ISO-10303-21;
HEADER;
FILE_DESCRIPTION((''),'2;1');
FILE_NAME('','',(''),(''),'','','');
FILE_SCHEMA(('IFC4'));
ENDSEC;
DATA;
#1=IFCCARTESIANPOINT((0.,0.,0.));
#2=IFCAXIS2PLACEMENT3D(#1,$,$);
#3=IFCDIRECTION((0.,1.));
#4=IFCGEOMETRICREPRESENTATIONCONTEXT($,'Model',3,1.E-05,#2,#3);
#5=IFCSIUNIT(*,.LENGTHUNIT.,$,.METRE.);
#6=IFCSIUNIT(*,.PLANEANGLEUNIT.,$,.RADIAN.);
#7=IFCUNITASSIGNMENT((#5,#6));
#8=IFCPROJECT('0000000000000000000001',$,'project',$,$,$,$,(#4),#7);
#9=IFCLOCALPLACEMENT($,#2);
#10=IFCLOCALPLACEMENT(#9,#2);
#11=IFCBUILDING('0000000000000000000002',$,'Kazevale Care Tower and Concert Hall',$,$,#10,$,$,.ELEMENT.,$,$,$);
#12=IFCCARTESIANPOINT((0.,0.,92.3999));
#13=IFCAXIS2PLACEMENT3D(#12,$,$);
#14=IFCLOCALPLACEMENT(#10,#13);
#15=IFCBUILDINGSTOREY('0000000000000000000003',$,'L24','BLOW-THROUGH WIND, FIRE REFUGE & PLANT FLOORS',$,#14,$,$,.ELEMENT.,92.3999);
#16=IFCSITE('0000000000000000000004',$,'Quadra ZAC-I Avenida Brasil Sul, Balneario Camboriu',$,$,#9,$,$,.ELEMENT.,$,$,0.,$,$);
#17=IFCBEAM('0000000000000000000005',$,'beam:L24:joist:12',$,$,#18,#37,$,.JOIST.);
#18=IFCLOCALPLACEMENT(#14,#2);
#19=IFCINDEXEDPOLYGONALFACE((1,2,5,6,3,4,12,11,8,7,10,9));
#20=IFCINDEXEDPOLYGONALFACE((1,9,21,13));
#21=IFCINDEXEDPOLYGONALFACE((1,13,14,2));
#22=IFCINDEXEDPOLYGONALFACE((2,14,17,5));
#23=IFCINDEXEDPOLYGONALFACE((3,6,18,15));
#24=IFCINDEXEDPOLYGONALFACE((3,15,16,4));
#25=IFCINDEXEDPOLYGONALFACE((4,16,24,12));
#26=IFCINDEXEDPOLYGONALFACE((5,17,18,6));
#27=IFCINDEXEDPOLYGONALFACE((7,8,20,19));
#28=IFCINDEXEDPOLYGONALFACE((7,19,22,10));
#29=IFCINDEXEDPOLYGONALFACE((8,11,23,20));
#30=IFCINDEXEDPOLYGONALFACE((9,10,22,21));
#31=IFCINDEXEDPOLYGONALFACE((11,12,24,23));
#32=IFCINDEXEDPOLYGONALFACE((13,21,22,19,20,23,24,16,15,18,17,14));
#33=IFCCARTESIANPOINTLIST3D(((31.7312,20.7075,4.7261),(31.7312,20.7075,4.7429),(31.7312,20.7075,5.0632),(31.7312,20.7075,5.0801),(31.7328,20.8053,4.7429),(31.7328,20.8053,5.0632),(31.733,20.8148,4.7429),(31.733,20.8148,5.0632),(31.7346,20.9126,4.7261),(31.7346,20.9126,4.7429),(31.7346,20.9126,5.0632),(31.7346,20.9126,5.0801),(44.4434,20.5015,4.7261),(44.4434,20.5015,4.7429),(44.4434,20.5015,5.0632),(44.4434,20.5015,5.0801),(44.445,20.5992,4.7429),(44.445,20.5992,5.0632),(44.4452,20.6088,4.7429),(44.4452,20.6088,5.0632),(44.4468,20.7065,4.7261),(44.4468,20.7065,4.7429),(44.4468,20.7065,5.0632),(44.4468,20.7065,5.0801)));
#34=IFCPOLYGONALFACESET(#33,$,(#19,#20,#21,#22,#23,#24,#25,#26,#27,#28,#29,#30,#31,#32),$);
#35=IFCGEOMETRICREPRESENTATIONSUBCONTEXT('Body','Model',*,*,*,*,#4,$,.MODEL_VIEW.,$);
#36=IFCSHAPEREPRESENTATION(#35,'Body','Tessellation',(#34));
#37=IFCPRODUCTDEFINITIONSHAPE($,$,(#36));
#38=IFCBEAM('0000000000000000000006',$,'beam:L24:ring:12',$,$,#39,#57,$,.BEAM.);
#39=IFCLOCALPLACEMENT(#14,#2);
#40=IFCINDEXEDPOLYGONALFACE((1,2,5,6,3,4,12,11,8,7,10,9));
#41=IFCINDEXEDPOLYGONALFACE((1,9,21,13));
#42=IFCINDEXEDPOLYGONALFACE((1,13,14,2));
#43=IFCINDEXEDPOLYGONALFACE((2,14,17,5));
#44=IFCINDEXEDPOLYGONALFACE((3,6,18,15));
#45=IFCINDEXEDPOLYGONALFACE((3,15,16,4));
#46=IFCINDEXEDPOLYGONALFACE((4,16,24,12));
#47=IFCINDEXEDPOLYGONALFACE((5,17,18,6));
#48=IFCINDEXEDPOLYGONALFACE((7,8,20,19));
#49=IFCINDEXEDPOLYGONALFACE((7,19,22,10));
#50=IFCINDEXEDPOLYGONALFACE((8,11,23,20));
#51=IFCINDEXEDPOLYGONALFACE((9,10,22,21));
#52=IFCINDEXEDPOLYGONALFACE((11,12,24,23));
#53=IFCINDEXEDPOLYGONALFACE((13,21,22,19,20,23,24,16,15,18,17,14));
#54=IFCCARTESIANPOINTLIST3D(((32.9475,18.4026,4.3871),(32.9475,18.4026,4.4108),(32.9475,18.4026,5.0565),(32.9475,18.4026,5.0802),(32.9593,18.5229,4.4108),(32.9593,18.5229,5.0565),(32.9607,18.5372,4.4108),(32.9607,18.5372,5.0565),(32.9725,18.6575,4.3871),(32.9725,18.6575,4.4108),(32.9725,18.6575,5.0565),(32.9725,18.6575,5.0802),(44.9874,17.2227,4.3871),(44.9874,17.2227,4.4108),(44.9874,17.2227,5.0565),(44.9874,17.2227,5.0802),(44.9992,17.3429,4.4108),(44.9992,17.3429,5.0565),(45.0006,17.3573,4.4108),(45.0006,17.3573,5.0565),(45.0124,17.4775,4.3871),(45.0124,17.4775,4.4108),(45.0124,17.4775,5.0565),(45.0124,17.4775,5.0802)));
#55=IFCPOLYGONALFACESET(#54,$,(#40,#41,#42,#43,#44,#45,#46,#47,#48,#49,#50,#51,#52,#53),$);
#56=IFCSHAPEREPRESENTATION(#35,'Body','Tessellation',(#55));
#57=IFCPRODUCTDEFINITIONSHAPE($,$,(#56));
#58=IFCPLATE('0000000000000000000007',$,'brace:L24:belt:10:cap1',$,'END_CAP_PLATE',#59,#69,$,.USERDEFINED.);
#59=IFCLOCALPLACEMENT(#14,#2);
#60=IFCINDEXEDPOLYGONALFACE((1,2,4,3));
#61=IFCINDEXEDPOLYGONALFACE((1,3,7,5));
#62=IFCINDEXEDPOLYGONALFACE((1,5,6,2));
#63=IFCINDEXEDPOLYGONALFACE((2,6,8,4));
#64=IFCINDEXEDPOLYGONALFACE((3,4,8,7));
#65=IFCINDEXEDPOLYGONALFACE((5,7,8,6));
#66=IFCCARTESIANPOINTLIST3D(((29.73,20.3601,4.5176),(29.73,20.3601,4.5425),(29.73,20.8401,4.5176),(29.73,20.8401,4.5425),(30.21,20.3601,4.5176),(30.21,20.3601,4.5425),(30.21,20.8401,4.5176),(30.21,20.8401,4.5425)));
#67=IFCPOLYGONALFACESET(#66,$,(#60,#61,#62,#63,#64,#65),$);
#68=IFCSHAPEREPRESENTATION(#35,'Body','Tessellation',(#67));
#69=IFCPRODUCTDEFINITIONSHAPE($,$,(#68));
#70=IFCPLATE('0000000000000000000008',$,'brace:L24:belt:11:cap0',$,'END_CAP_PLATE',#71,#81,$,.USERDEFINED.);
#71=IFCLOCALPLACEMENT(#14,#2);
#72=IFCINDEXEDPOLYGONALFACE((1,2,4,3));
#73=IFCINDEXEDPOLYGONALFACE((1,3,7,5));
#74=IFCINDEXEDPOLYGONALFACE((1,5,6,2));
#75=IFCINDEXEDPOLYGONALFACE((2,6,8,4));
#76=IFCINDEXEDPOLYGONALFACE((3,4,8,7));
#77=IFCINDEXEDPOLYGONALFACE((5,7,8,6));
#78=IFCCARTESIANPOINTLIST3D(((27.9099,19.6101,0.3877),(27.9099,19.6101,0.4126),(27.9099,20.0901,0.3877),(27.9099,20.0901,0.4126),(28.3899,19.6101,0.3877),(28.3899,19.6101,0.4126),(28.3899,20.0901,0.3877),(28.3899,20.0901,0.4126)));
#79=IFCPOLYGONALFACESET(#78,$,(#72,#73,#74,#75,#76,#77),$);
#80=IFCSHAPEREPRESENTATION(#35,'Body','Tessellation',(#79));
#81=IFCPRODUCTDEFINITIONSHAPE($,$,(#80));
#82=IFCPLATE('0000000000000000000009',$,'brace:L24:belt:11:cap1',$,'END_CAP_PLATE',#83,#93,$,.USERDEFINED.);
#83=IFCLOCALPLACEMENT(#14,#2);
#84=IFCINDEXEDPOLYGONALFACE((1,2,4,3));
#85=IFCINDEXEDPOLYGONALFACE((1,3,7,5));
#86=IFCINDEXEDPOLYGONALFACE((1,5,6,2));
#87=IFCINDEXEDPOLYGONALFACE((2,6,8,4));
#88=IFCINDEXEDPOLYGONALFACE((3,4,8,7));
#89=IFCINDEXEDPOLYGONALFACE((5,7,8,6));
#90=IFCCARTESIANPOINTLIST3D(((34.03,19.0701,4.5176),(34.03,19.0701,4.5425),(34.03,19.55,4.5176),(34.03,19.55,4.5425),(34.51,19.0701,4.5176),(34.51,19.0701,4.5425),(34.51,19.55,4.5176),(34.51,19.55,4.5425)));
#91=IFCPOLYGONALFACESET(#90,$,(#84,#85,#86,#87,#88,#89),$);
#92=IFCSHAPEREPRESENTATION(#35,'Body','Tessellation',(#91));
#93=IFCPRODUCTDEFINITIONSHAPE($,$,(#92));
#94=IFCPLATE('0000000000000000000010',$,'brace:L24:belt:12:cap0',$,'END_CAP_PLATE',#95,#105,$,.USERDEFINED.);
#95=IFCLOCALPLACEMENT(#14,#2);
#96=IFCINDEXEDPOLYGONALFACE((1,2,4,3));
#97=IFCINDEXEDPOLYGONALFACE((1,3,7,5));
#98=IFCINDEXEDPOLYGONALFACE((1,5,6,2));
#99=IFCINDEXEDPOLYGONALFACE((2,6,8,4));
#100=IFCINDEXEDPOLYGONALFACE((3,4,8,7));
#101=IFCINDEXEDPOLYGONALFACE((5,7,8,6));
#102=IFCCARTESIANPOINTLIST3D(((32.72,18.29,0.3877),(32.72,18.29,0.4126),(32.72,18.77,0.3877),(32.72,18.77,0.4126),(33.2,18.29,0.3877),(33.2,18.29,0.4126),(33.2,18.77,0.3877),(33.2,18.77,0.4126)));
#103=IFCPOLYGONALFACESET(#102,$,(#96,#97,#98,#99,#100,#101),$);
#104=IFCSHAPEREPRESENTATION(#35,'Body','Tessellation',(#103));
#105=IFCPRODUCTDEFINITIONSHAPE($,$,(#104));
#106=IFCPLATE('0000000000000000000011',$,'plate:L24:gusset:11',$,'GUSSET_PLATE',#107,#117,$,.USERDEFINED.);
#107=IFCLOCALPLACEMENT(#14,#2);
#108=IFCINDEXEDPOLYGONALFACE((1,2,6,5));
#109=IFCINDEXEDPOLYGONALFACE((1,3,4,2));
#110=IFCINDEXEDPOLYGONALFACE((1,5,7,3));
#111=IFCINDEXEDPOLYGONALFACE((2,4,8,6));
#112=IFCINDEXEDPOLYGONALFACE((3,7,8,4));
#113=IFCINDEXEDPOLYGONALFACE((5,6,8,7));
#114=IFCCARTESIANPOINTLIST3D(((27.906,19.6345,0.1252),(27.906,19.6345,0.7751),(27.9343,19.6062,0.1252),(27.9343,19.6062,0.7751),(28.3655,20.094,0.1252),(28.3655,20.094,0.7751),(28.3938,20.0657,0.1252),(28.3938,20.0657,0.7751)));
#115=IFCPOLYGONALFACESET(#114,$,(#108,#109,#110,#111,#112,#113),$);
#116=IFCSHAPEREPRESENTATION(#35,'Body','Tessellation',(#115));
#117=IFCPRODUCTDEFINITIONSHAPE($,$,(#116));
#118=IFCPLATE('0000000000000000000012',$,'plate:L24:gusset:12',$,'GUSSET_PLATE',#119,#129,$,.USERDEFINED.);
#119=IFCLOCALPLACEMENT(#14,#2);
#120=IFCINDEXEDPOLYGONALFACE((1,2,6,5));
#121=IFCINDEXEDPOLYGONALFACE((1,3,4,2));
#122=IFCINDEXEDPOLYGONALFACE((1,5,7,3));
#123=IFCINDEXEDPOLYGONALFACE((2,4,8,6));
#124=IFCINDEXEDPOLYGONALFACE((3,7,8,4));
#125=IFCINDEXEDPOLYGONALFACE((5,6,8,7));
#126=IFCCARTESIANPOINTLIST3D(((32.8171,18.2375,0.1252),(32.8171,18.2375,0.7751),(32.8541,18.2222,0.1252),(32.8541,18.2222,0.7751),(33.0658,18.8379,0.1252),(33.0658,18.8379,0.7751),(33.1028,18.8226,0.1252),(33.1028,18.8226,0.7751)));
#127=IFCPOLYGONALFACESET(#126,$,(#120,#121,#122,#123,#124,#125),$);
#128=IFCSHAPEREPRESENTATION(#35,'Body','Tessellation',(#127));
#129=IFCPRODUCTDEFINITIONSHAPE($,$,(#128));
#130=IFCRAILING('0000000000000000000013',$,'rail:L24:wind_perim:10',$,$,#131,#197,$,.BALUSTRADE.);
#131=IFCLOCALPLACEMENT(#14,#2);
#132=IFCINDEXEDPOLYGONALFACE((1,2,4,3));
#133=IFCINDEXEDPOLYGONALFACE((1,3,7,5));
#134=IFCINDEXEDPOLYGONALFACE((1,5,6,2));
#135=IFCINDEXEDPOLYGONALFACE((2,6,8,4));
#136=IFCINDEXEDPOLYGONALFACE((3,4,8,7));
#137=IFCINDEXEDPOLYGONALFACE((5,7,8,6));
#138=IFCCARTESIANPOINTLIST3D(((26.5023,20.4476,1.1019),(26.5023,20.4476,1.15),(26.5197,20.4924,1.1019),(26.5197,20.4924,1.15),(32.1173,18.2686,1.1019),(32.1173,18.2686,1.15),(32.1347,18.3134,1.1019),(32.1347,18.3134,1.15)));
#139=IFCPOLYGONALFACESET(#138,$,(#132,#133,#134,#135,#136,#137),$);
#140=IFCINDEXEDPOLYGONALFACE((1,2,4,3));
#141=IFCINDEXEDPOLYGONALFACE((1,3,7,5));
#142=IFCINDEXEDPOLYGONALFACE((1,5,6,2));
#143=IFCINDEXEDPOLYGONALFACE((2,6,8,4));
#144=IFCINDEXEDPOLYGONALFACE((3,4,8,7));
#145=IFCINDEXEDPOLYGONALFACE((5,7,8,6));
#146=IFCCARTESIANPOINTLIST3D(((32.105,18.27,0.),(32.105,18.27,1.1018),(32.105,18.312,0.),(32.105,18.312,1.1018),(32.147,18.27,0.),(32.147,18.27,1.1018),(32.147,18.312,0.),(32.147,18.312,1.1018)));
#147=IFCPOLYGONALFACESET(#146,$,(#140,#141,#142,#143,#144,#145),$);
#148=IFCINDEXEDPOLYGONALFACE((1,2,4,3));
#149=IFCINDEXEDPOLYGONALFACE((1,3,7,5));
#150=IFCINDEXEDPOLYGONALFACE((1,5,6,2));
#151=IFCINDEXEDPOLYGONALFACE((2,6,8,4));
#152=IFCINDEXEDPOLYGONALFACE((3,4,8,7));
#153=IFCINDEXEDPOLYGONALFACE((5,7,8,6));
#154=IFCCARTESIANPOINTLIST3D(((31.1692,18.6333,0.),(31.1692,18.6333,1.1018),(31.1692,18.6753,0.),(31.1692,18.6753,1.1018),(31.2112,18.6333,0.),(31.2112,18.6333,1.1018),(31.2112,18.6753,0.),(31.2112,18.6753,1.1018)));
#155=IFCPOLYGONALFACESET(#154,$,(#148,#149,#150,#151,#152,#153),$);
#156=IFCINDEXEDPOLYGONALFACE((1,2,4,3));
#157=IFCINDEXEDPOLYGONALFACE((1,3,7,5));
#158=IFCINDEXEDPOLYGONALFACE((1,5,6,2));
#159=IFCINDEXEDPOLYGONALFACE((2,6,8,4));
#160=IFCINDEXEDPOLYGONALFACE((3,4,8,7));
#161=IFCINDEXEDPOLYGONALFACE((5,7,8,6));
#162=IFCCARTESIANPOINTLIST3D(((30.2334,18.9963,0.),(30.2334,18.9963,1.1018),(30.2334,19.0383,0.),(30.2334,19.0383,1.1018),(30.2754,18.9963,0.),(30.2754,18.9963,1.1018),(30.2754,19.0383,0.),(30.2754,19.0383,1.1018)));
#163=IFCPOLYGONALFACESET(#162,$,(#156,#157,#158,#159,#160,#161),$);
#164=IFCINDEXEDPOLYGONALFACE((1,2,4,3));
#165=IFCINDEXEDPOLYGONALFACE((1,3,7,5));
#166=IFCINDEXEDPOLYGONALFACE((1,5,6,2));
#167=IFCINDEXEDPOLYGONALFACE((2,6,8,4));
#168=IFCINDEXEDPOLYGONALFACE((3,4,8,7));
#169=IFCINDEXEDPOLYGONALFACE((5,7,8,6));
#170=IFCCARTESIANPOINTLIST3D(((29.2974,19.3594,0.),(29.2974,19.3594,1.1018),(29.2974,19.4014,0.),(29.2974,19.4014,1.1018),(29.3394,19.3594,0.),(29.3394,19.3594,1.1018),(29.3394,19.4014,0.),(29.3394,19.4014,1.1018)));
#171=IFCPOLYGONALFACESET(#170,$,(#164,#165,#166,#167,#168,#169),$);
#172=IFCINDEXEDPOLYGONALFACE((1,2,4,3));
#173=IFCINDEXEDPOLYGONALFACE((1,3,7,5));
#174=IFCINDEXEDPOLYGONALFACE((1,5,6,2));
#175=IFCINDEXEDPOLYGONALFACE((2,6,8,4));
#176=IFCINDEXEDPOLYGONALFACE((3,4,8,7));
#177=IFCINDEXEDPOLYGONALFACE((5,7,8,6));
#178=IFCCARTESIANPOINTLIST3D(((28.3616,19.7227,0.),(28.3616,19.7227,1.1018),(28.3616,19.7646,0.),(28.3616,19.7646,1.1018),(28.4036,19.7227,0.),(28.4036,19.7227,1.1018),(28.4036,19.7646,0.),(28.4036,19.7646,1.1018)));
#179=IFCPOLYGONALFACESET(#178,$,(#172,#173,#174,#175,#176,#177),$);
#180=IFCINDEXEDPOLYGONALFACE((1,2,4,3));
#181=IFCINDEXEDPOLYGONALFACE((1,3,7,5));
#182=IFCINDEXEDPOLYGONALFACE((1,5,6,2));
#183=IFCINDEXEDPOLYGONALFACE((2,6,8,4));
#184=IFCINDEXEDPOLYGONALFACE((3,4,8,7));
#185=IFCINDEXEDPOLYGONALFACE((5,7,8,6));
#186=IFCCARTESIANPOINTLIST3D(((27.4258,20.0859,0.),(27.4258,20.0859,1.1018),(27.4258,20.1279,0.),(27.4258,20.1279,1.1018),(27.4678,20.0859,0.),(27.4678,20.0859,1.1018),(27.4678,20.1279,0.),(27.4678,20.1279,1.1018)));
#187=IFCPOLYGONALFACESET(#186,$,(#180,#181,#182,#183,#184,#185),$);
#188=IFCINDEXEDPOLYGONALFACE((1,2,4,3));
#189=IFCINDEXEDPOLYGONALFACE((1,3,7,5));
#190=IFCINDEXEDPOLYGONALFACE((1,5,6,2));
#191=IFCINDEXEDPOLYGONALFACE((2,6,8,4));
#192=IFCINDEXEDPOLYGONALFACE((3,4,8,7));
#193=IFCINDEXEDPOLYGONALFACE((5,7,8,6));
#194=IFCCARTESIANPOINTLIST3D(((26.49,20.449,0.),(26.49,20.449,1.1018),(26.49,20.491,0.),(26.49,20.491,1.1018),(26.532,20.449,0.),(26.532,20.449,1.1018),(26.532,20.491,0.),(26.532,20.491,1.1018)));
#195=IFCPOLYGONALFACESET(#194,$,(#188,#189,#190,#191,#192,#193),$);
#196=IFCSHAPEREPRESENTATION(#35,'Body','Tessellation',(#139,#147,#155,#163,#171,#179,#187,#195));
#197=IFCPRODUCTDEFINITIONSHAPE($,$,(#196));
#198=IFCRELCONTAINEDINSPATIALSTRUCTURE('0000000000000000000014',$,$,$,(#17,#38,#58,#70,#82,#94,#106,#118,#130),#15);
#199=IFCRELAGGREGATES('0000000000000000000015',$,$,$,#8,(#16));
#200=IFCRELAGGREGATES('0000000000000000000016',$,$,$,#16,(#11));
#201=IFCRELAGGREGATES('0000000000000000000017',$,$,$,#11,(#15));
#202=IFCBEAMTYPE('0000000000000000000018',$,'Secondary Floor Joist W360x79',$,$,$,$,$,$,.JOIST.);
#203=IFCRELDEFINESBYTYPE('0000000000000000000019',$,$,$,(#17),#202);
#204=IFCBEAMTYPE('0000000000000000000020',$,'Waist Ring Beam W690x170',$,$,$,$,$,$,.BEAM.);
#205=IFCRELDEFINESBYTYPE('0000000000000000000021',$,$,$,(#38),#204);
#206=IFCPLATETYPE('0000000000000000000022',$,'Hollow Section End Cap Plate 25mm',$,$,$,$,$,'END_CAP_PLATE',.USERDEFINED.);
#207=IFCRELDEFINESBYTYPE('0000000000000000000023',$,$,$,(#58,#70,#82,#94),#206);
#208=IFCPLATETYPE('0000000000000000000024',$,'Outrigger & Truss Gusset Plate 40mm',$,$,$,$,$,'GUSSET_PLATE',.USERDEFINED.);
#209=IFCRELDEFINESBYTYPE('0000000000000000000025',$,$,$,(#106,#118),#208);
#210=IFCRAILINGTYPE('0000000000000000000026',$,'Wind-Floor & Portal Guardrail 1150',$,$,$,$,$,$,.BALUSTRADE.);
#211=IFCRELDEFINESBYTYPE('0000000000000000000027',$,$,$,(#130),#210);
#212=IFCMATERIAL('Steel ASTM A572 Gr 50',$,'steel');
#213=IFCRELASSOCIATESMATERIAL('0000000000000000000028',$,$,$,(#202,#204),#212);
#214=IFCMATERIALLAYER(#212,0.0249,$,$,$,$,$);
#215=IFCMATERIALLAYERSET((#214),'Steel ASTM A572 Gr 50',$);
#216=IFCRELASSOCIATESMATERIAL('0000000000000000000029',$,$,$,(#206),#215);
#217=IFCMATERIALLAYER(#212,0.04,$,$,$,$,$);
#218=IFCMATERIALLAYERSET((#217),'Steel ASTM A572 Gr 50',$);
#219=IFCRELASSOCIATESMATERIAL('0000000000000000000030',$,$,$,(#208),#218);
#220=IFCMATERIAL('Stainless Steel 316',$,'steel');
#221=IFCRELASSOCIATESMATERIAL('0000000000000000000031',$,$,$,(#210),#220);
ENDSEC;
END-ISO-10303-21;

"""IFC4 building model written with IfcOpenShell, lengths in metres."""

from ifc_helpers import new_model, si_unit, direction, frame, origin, origin_2d, place, context, subcontext, project, spatial, rectangle, i_section, extrude, material, layer, layer_set, material_profile, profile_set, type_object, element, save


model = new_model("IFC4")

# Units and contexts
model_context = context("Model", 3, precision=1e-05, world=origin(), true_north=direction((0.0, 1.0)))
body_context = subcontext(model_context, "Body", "Model", "MODEL_VIEW")
ifc_project = project(units=[si_unit("LENGTHUNIT", "METRE"), si_unit("PLANEANGLEUNIT", "RADIAN")], contexts=[model_context])

# Site, building, storey
site_placement = place(None, origin())
site = spatial("IfcSite", under=ifc_project, at=site_placement, Name="Quadra ZAC-I Avenida Brasil Sul, Balneario Camboriu", CompositionType="ELEMENT", RefElevation=0.0)
building_placement = place(site_placement, origin())
building = spatial("IfcBuilding", under=site, at=building_placement, Name="Kazevale Care Tower and Concert Hall", CompositionType="ELEMENT")
storey_placement = place(building_placement, frame((0.0, 0.0, 92.3999)))
storey = spatial("IfcBuildingStorey", under=building, at=storey_placement, Name="L24", Description="BLOW-THROUGH WIND, FIRE REFUGE & PLANT FLOORS", CompositionType="ELEMENT", Elevation=92.3999)

# Shared definitions
ifc_material_1 = material(Name="Steel ASTM A572 Gr 50", Category="steel")

# Beams
ifc_material_profile_1 = material_profile(ifc_material_1, i_section(OverallWidth=0.2051, OverallDepth=0.354, WebThickness=0.0095, FlangeThickness=0.0168, at=origin_2d()), Name="W360x79")
ifc_profile_set_1 = profile_set([ifc_material_profile_1], Name="Steel ASTM A572 Gr 50")
beam_type_1 = type_object("IfcBeamType", Name="Secondary Floor Joist W360x79", PredefinedType="JOIST", material=ifc_profile_set_1)
beam_1_placement = place(storey_placement, frame((31.7329, 20.8101, 4.9031), z_axis=(0.999869, -0.016207, 0.0), x_axis=(0.016207, 0.999869, 0.0)))
element("IfcBeam", 1, at=beam_1_placement, inside=storey, type_object=beam_type_1, Name="beam:L24:joist:12", PredefinedType="JOIST", context=body_context, shape_type="SweptSolid", body=[
    extrude(i_section(OverallWidth=0.2051, OverallDepth=0.354, WebThickness=0.0095, FlangeThickness=0.0168, at=origin_2d()), origin(), (0.0, 0.0, 1.0), 12.7139),
])
ifc_material_profile_2 = material_profile(ifc_material_1, i_section(OverallWidth=0.2561, OverallDepth=0.6931, WebThickness=0.0144, FlangeThickness=0.0237, at=origin_2d()), Name="W690x170")
ifc_profile_set_2 = profile_set([ifc_material_profile_2], Name="Steel ASTM A572 Gr 50")
beam_type_2 = type_object("IfcBeamType", Name="Waist Ring Beam W690x170", PredefinedType="BEAM", material=ifc_profile_set_2)
beam_2_placement = place(storey_placement, frame((32.96, 18.53, 4.7336), z_axis=(0.995232, -0.097533, 0.0), x_axis=(0.097533, 0.995232, 0.0)))
element("IfcBeam", 2, at=beam_2_placement, inside=storey, type_object=beam_type_2, Name="beam:L24:ring:12", PredefinedType="BEAM", context=body_context, shape_type="SweptSolid", body=[
    extrude(i_section(OverallWidth=0.2561, OverallDepth=0.6931, WebThickness=0.0144, FlangeThickness=0.0237, at=origin_2d()), origin(), (0.0, 0.0, 1.0), 12.0977),
])

# Plates
ifc_layer_1 = layer(ifc_material_1, 0.0249)
ifc_layer_set_1 = layer_set([ifc_layer_1], Name="Steel ASTM A572 Gr 50")
plate_type_1 = type_object("IfcPlateType", Name="Hollow Section End Cap Plate 25mm", ElementType="END_CAP_PLATE", PredefinedType="USERDEFINED", material=ifc_layer_set_1)
for number, where, z_axis, x_axis, name in (
    (3, (29.97, 20.6001, 4.5176), (0.0, 0.0, 1.0), (1.0, 0.0, 0.0), "brace:L24:belt:10:cap1"),
    (4, (28.1499, 19.8501, 0.3877), (0.0, 0.0, 1.0), (1.0, 0.0, 0.0), "brace:L24:belt:11:cap0"),
    (5, (34.27, 19.3101, 4.5176), (0.0, 0.0, 1.0), (1.0, 0.0, 0.0), "brace:L24:belt:11:cap1"),
    (6, (32.96, 18.53, 0.3877), (0.0, 0.0, 1.0), (1.0, 0.0, 0.0), "brace:L24:belt:12:cap0"),
):
    element("IfcPlate", number, at=place(storey_placement, frame(where, z_axis=z_axis, x_axis=x_axis)), inside=storey, type_object=plate_type_1, Name=name, ObjectType="END_CAP_PLATE", PredefinedType="USERDEFINED", context=body_context, shape_type="SweptSolid", body=[
        extrude(rectangle(XDim=0.48, YDim=0.48, at=origin_2d()), origin(), (0.0, 0.0, 1.0), 0.0249),
    ])
ifc_layer_2 = layer(ifc_material_1, 0.04)
ifc_layer_set_2 = layer_set([ifc_layer_2], Name="Steel ASTM A572 Gr 50")
plate_type_2 = type_object("IfcPlateType", Name="Outrigger & Truss Gusset Plate 40mm", ElementType="GUSSET_PLATE", PredefinedType="USERDEFINED", material=ifc_layer_set_2)
for number, where, z_axis, x_axis, name in (
    (7, (28.1499, 19.8501, 0.1252), (0.0, 0.0, 1.0), (-0.707107, -0.707107, 0.0), "plate:L24:gusset:11"),
    (8, (32.96, 18.53, 0.1252), (0.0, 0.0, 1.0), (-0.382683, -0.92388, 0.0), "plate:L24:gusset:12"),
):
    element("IfcPlate", number, at=place(storey_placement, frame(where, z_axis=z_axis, x_axis=x_axis)), inside=storey, type_object=plate_type_2, Name=name, ObjectType="GUSSET_PLATE", PredefinedType="USERDEFINED", context=body_context, shape_type="SweptSolid", body=[
        extrude(rectangle(XDim=0.6499, YDim=0.04, at=origin_2d()), origin(), (0.0, 0.0, 1.0), 0.6499),
    ])

# Railing
ifc_material_2 = material(Name="Stainless Steel 316", Category="steel")
railing_type = type_object("IfcRailingType", Name="Wind-Floor & Portal Guardrail 1150", PredefinedType="BALUSTRADE", material=ifc_material_2)
railing_placement = place(storey_placement, frame((32.126, 18.291, 0.0)))
element("IfcRailing", 9, at=railing_placement, inside=storey, type_object=railing_type, Name="rail:L24:wind_perim:10", PredefinedType="BALUSTRADE", context=body_context, shape_type="SweptSolid", body=[
    extrude(rectangle(XDim=0.0481, YDim=0.0481, at=origin_2d()), frame((0.0, 0.0, 1.126), z_axis=(-0.932265, 0.361775, 0.0), x_axis=(-0.361775, -0.932265, 0.0)), (0.0, 0.0, 1.0), 6.0229),
    extrude(rectangle(XDim=0.042, YDim=0.042, at=origin_2d()), origin(), (0.0, 0.0, 1.0), 1.1018),
    extrude(rectangle(XDim=0.042, YDim=0.042, at=origin_2d()), frame((-0.9358, 0.3633, 0.0)), (0.0, 0.0, 1.0), 1.1018),
    extrude(rectangle(XDim=0.042, YDim=0.042, at=origin_2d()), frame((-1.8716, 0.7263, 0.0)), (0.0, 0.0, 1.0), 1.1018),
    extrude(rectangle(XDim=0.042, YDim=0.042, at=origin_2d()), frame((-2.8076, 1.0894, 0.0)), (0.0, 0.0, 1.0), 1.1018),
    extrude(rectangle(XDim=0.042, YDim=0.042, at=origin_2d()), frame((-3.7434, 1.4526, 0.0)), (0.0, 0.0, 1.0), 1.1018),
    extrude(rectangle(XDim=0.042, YDim=0.042, at=origin_2d()), frame((-4.6792, 1.8159, 0.0)), (0.0, 0.0, 1.0), 1.1018),
    extrude(rectangle(XDim=0.042, YDim=0.042, at=origin_2d()), frame((-5.615, 2.179, 0.0)), (0.0, 0.0, 1.0), 1.1018),
])

save(model, "model.ifc")
